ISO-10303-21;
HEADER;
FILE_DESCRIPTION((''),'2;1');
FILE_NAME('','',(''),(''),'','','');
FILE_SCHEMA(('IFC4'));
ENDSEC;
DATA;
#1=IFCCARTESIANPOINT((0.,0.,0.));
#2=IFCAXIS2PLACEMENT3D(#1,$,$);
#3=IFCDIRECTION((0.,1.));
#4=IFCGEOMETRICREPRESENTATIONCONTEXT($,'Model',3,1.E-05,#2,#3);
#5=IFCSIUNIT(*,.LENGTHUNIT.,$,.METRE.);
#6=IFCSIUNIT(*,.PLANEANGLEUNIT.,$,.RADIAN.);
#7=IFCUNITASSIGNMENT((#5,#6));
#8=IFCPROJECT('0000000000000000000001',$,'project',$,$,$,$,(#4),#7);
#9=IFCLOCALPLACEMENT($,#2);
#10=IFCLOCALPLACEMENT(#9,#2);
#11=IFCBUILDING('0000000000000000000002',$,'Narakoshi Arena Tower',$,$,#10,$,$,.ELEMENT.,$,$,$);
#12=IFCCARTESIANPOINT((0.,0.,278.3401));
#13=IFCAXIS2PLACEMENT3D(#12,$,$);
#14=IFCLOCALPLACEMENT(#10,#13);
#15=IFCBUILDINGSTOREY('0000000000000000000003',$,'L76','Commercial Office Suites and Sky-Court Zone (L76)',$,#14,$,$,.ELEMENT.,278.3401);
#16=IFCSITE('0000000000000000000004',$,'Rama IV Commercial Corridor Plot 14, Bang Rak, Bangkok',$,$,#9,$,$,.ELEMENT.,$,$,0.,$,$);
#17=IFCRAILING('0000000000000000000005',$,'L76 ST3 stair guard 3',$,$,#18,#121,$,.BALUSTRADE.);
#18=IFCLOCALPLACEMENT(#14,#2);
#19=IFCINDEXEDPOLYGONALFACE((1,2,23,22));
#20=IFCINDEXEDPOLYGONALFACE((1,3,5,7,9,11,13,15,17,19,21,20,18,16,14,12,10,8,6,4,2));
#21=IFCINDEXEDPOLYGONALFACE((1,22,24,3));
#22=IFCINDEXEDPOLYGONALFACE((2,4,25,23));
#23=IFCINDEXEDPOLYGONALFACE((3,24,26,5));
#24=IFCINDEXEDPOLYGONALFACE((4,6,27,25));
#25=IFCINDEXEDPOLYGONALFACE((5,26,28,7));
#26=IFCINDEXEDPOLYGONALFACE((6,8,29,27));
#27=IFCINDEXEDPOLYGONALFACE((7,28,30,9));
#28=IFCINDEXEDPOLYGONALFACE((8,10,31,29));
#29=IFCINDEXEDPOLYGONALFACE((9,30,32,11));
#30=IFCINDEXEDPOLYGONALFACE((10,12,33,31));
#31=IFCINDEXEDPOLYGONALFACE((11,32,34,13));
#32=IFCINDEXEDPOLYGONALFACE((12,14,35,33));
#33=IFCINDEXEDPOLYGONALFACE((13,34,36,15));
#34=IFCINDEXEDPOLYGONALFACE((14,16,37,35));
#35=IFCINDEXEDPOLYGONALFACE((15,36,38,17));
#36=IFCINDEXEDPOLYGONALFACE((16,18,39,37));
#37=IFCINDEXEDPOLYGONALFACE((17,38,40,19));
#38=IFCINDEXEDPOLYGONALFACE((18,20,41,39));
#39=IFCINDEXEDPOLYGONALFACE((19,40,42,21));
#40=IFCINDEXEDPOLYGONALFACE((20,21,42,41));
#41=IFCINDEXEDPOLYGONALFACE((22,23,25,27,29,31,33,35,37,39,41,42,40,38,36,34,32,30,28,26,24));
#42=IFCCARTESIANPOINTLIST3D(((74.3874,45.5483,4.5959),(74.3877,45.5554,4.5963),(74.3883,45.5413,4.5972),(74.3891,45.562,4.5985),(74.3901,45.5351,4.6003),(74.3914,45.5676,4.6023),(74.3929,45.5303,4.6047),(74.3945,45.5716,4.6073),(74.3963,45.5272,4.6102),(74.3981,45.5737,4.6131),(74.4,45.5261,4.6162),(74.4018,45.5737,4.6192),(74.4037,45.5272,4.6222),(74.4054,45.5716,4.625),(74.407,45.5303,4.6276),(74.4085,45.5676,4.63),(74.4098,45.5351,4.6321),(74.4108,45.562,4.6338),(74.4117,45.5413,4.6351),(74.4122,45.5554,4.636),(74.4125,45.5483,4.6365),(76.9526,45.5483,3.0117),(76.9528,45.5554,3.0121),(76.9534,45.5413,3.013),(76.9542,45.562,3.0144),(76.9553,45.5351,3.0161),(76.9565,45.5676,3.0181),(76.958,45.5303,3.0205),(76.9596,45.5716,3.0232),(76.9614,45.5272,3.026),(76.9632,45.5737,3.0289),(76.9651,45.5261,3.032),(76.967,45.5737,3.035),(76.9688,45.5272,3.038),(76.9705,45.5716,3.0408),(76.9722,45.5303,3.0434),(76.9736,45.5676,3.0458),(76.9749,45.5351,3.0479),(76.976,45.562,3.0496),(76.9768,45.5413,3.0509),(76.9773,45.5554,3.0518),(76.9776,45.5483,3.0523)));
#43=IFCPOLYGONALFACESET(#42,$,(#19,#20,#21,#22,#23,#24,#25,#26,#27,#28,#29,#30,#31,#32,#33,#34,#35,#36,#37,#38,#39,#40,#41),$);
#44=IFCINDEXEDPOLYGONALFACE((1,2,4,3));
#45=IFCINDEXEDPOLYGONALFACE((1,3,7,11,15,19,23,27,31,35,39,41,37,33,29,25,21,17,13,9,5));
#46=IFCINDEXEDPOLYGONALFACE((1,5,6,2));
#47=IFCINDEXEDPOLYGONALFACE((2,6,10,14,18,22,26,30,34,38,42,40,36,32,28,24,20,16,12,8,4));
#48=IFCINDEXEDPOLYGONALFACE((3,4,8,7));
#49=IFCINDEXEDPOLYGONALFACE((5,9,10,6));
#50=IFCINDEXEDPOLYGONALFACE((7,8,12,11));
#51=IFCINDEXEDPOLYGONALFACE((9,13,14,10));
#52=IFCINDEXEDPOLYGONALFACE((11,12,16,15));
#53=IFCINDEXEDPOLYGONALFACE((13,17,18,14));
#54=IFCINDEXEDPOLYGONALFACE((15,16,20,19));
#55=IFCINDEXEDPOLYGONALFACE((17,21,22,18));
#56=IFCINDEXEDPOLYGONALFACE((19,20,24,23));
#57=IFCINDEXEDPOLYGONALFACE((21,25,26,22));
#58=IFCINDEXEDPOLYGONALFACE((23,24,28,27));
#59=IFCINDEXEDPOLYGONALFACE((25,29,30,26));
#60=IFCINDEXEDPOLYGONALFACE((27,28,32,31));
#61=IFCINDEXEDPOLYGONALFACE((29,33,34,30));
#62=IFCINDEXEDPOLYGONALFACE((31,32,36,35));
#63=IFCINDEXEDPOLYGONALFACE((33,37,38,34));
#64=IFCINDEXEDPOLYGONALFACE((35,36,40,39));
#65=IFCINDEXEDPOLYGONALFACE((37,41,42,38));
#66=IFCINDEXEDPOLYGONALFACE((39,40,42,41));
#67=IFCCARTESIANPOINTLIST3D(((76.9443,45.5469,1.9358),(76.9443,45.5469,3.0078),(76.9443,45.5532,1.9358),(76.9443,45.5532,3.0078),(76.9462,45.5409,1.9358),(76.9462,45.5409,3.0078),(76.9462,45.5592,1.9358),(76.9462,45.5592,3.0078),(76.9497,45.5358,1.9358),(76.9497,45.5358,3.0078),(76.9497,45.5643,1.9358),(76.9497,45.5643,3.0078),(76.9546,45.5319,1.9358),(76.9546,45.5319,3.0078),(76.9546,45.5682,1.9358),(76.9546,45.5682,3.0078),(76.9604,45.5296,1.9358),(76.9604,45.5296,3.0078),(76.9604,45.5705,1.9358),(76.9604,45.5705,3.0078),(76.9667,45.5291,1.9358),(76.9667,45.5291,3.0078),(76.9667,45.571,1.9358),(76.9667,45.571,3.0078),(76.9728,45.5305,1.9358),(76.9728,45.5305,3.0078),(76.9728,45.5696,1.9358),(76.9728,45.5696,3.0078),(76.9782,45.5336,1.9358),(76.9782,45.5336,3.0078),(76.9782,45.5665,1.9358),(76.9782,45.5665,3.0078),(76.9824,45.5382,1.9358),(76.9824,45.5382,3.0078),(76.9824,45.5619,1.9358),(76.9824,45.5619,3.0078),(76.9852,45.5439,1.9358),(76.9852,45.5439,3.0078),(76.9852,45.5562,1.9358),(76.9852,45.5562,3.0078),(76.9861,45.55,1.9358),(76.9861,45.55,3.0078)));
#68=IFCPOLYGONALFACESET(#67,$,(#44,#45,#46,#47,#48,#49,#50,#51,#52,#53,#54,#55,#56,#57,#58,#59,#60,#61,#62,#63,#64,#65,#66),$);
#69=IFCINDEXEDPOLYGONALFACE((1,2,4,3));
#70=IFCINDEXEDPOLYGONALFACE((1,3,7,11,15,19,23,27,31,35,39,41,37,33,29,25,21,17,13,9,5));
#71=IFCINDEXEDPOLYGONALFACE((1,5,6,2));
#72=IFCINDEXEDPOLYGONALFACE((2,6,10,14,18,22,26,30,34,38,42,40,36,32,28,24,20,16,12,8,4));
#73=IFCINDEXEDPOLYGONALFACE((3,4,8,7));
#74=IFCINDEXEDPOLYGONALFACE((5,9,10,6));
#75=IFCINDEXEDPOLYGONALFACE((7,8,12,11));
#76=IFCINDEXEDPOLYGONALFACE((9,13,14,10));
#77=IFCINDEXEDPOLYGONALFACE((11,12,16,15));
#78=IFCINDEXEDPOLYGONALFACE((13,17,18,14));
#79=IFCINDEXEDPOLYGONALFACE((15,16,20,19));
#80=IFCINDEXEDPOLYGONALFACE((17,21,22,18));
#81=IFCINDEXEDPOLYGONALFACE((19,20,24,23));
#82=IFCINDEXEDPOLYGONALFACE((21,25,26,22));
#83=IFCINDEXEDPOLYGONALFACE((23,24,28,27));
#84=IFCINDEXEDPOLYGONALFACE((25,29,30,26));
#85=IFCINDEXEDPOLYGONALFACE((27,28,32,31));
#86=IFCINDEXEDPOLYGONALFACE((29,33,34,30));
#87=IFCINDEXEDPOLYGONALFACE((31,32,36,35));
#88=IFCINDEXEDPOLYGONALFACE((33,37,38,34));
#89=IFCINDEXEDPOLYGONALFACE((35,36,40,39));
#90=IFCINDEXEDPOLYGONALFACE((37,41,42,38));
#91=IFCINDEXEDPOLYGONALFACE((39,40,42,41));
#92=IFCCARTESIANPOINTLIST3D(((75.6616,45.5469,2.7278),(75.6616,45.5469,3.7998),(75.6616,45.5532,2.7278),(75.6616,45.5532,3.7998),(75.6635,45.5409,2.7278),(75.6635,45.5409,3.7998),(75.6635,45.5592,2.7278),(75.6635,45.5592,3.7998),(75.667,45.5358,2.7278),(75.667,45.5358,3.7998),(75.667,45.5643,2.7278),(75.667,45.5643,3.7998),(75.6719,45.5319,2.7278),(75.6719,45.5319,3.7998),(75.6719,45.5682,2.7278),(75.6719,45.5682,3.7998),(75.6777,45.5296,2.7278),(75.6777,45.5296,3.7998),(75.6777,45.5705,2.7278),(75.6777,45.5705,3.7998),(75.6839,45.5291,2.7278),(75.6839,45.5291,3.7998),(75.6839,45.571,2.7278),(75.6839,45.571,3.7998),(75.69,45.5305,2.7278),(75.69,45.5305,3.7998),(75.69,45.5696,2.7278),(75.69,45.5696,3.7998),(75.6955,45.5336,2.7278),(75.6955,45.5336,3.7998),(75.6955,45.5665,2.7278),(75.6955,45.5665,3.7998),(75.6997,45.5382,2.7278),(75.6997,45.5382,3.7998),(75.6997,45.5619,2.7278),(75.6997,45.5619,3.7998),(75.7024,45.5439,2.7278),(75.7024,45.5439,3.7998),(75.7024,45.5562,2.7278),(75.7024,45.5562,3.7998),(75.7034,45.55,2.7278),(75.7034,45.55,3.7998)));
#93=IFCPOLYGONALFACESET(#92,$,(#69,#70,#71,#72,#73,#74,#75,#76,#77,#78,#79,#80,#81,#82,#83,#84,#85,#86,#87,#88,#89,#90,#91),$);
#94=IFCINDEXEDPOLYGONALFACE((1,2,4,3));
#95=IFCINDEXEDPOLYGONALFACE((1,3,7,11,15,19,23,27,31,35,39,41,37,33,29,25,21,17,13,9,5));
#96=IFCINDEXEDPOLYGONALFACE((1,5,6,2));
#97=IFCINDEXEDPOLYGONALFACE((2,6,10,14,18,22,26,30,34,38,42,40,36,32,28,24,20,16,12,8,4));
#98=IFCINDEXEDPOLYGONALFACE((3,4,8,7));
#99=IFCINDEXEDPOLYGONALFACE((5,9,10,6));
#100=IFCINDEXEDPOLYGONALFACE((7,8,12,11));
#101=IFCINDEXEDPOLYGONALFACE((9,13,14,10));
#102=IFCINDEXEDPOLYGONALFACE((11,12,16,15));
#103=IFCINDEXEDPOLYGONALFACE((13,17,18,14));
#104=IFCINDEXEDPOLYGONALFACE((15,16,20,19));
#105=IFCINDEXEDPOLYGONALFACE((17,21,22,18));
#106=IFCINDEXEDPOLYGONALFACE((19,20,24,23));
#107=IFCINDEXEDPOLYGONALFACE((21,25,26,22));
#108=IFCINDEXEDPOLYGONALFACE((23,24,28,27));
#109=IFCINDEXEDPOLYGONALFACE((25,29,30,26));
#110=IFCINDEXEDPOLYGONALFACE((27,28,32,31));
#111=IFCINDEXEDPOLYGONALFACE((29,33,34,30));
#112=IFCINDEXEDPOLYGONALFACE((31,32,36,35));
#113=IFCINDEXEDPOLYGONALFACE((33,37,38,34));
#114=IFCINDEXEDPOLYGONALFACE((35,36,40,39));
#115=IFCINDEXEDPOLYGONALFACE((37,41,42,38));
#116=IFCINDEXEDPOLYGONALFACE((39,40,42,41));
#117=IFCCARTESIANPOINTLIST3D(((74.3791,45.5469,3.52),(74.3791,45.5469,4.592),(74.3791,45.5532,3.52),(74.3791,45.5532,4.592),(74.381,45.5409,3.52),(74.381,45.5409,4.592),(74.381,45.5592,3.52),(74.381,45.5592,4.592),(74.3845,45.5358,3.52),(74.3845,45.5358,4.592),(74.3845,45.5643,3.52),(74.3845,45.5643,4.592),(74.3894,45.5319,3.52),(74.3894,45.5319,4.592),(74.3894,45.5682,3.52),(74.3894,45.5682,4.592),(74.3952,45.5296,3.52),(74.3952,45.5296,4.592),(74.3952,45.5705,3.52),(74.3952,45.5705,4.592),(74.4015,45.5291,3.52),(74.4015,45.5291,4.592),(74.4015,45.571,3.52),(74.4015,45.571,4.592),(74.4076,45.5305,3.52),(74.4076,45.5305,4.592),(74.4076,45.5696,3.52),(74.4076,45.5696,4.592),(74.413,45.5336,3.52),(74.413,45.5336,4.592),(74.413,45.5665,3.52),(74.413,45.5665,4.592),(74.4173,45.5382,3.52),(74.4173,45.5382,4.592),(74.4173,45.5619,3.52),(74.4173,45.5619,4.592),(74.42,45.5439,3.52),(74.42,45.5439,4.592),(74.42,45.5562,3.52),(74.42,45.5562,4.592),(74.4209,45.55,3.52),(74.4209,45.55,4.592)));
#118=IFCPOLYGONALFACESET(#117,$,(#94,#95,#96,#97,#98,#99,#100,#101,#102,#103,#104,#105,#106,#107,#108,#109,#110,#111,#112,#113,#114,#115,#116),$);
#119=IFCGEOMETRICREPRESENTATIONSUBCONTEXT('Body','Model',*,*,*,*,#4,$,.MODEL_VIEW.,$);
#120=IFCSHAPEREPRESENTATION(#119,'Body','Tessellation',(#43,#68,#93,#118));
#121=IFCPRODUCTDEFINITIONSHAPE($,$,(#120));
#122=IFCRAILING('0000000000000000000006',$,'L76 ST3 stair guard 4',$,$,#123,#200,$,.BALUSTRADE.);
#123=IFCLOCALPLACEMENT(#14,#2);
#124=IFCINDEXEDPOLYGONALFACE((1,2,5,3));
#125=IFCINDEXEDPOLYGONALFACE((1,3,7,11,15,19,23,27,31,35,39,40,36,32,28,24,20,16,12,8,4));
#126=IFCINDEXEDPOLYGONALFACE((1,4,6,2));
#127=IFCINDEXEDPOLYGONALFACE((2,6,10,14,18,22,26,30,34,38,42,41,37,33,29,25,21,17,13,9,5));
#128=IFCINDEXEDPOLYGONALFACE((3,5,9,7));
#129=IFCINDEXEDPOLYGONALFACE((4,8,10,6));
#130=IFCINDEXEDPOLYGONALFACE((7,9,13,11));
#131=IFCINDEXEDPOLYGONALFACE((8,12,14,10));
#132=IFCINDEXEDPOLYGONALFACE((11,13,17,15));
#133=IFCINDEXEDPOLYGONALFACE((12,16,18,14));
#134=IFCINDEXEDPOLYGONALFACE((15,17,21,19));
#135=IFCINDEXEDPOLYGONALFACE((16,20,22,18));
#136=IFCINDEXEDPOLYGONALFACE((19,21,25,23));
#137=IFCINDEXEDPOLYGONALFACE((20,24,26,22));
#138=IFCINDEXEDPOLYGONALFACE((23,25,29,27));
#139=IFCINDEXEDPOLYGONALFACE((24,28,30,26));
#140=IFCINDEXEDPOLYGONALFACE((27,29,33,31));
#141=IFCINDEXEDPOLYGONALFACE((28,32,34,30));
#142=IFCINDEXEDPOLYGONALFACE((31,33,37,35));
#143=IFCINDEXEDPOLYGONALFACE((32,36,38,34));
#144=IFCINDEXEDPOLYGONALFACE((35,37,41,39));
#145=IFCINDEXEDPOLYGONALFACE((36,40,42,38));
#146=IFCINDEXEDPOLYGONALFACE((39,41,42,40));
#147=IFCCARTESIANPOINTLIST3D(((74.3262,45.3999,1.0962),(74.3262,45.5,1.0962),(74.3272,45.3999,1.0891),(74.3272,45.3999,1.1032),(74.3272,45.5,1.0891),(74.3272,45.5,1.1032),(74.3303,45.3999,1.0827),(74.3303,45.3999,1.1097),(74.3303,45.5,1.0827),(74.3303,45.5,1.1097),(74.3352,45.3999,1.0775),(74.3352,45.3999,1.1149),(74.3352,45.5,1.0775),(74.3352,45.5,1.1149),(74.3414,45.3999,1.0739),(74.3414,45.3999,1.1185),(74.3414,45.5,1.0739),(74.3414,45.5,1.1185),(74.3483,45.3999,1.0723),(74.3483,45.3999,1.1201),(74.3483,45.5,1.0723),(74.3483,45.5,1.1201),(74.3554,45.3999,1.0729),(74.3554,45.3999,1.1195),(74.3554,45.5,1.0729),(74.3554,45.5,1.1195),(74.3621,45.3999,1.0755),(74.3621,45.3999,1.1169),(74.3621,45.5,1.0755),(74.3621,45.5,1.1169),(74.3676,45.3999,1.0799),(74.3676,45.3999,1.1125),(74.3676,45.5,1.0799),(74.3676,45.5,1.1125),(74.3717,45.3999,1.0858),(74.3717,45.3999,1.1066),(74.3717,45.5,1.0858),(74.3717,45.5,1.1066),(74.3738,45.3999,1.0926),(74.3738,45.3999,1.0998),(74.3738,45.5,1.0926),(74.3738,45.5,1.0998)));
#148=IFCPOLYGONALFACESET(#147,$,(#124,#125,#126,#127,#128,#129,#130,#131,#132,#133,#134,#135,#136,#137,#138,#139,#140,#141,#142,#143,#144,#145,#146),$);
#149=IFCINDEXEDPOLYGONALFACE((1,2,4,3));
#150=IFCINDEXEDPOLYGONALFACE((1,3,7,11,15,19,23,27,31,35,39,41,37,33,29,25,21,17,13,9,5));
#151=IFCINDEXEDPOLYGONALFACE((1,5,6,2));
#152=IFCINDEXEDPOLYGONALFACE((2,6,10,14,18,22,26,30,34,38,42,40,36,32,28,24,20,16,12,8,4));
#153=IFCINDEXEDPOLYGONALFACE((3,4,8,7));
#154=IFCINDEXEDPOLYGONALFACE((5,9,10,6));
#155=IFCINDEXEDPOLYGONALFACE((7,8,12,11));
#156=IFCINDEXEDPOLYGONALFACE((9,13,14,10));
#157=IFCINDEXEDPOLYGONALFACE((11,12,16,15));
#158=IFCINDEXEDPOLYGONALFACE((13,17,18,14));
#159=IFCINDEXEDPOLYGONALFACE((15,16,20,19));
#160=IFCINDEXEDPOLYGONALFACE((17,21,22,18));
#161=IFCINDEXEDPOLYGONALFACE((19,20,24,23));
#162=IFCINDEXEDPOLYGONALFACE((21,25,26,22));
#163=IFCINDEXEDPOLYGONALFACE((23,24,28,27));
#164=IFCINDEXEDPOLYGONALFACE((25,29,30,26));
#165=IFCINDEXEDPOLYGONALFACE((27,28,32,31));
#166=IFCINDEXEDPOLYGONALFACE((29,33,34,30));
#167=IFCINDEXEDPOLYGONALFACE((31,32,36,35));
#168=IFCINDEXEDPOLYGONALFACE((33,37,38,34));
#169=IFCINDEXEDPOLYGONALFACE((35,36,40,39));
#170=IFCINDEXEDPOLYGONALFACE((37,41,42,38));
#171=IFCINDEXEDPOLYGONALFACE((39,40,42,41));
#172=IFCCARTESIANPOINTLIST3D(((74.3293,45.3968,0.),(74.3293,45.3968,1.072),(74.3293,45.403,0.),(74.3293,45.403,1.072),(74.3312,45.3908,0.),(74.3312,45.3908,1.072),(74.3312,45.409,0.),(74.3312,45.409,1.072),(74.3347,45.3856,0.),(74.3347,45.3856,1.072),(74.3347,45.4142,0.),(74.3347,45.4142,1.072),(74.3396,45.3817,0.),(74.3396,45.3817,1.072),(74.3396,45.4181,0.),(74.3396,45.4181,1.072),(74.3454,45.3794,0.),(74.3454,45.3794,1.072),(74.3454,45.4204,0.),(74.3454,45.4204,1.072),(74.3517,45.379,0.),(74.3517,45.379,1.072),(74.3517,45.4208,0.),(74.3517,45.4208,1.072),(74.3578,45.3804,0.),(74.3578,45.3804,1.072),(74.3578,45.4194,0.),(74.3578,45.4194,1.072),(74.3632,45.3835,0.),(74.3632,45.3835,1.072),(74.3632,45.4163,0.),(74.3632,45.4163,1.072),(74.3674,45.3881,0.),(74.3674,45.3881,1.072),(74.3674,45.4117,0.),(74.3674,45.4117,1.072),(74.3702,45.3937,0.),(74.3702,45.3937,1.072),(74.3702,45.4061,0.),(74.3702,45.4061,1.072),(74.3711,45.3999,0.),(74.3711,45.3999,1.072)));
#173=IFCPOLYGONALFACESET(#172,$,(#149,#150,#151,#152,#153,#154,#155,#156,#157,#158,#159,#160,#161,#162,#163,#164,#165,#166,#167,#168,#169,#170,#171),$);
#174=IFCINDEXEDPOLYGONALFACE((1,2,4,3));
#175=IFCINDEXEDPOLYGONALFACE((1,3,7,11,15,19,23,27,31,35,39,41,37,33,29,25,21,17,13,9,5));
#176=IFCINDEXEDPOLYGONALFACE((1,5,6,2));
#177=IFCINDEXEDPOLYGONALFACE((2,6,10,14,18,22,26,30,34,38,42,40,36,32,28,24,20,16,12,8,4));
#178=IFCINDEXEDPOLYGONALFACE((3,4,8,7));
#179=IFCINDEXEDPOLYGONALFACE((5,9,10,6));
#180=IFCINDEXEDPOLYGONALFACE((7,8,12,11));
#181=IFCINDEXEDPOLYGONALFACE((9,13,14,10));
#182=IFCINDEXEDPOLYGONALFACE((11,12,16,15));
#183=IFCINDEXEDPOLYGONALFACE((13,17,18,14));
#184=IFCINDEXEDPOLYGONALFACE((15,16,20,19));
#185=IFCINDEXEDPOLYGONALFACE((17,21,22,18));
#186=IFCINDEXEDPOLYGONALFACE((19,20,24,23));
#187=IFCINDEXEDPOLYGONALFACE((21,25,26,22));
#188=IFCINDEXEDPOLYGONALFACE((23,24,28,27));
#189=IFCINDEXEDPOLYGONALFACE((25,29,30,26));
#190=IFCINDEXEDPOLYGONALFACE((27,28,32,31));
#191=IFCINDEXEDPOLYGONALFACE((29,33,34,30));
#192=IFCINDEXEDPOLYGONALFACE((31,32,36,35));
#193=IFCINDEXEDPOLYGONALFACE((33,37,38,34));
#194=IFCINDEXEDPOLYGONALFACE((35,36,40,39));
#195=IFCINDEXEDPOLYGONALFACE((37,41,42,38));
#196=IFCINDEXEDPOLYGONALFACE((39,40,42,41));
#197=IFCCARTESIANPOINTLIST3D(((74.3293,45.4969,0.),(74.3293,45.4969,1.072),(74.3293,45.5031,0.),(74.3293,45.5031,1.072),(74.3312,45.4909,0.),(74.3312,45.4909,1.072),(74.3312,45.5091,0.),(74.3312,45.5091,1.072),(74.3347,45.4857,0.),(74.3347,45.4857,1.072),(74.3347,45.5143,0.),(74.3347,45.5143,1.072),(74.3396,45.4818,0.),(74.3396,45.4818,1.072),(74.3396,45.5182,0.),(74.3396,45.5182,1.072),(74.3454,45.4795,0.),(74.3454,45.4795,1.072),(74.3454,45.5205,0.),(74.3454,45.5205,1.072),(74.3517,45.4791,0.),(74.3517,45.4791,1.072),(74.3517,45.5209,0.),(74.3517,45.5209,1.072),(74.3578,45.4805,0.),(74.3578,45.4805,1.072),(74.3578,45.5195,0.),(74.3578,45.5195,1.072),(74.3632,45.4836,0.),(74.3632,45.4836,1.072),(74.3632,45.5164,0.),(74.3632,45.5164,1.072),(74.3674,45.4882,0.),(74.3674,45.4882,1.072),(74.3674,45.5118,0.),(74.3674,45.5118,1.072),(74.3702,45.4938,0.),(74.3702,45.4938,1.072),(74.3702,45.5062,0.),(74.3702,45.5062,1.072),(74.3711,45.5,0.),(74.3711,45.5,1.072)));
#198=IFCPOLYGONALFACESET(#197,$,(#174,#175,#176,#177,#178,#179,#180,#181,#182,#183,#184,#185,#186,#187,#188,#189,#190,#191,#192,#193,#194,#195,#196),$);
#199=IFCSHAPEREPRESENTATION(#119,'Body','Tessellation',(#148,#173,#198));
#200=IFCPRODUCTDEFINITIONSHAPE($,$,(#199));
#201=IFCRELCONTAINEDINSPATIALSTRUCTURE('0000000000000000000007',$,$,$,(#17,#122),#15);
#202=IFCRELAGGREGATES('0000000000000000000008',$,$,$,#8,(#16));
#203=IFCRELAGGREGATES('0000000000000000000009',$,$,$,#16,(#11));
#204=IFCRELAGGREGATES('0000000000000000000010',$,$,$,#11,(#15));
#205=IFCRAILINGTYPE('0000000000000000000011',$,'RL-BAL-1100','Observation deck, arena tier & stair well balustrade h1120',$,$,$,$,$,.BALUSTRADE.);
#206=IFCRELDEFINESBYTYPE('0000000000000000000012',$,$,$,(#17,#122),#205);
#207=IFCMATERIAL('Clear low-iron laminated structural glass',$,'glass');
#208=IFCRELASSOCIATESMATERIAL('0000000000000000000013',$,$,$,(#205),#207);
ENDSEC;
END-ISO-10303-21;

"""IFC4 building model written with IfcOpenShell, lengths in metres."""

from ifc_helpers import new_model, si_unit, direction, frame, origin, origin_2d, place, context, subcontext, project, spatial, circle, extrude, material, type_object, element, save


model = new_model("IFC4")

# Units and contexts
model_context = context("Model", 3, precision=1e-05, world=origin(), true_north=direction((0.0, 1.0)))
body_context = subcontext(model_context, "Body", "Model", "MODEL_VIEW")
ifc_project = project(units=[si_unit("LENGTHUNIT", "METRE"), si_unit("PLANEANGLEUNIT", "RADIAN")], contexts=[model_context])

# Site, building, storey
site_placement = place(None, origin())
site = spatial("IfcSite", under=ifc_project, at=site_placement, Name="Rama IV Commercial Corridor Plot 14, Bang Rak, Bangkok", CompositionType="ELEMENT", RefElevation=0.0)
building_placement = place(site_placement, origin())
building = spatial("IfcBuilding", under=site, at=building_placement, Name="Narakoshi Arena Tower", CompositionType="ELEMENT")
storey_placement = place(building_placement, frame((0.0, 0.0, 278.3401)))
storey = spatial("IfcBuildingStorey", under=building, at=storey_placement, Name="L76", Description="Commercial Office Suites and Sky-Court Zone (L76)", CompositionType="ELEMENT", Elevation=278.3401)

# Railings
ifc_material_1 = material(Name="Clear low-iron laminated structural glass", Category="glass")
railing_type_1 = type_object("IfcRailingType", Name="RL-BAL-1100", Description="Observation deck, arena tier & stair well balustrade h1120", PredefinedType="BALUSTRADE", material=ifc_material_1)
railing_1_placement = place(storey_placement, frame((76.9651, 45.55, 1.9358)))
element("IfcRailing", 1, at=railing_1_placement, inside=storey, type_object=railing_type_1, Name="L76 ST3 stair guard 3", PredefinedType="BALUSTRADE", context=body_context, shape_type="SweptSolid", body=[
    extrude(circle(Radius=0.0239, at=origin_2d()), frame((0.0, 0.0, 1.0962), z_axis=(-0.85082, 0.0, 0.525457), x_axis=(0.0, -1.0, 0.0)), (0.0, 0.0, 1.0), 3.0149),
    extrude(circle(Radius=0.021, at=origin_2d()), origin(), (0.0, 0.0, 1.0), 1.072),
    extrude(circle(Radius=0.021, at=origin_2d()), frame((-1.2827, 0.0, 0.792)), (0.0, 0.0, 1.0), 1.072),
    extrude(circle(Radius=0.021, at=origin_2d()), frame((-2.5652, 0.0, 1.5842)), (0.0, 0.0, 1.0), 1.072),
])
railing_2_placement = place(storey_placement, frame((74.3501, 45.3999, 0.0)))
element("IfcRailing", 2, at=railing_2_placement, inside=storey, type_object=railing_type_1, Name="L76 ST3 stair guard 4", PredefinedType="BALUSTRADE", context=body_context, shape_type="SweptSolid", body=[
    extrude(circle(Radius=0.0239, at=origin_2d()), frame((0.0, 0.0, 1.0962), z_axis=(0.0, 1.0, 0.0), x_axis=(-1.0, 0.0, 0.0)), (0.0, 0.0, 1.0), 0.1001),
    extrude(circle(Radius=0.021, at=origin_2d()), origin(), (0.0, 0.0, 1.0), 1.072),
    extrude(circle(Radius=0.021, at=origin_2d()), frame((0.0, 0.1001, 0.0)), (0.0, 0.0, 1.0), 1.072),
])

save(model, "model.ifc")
